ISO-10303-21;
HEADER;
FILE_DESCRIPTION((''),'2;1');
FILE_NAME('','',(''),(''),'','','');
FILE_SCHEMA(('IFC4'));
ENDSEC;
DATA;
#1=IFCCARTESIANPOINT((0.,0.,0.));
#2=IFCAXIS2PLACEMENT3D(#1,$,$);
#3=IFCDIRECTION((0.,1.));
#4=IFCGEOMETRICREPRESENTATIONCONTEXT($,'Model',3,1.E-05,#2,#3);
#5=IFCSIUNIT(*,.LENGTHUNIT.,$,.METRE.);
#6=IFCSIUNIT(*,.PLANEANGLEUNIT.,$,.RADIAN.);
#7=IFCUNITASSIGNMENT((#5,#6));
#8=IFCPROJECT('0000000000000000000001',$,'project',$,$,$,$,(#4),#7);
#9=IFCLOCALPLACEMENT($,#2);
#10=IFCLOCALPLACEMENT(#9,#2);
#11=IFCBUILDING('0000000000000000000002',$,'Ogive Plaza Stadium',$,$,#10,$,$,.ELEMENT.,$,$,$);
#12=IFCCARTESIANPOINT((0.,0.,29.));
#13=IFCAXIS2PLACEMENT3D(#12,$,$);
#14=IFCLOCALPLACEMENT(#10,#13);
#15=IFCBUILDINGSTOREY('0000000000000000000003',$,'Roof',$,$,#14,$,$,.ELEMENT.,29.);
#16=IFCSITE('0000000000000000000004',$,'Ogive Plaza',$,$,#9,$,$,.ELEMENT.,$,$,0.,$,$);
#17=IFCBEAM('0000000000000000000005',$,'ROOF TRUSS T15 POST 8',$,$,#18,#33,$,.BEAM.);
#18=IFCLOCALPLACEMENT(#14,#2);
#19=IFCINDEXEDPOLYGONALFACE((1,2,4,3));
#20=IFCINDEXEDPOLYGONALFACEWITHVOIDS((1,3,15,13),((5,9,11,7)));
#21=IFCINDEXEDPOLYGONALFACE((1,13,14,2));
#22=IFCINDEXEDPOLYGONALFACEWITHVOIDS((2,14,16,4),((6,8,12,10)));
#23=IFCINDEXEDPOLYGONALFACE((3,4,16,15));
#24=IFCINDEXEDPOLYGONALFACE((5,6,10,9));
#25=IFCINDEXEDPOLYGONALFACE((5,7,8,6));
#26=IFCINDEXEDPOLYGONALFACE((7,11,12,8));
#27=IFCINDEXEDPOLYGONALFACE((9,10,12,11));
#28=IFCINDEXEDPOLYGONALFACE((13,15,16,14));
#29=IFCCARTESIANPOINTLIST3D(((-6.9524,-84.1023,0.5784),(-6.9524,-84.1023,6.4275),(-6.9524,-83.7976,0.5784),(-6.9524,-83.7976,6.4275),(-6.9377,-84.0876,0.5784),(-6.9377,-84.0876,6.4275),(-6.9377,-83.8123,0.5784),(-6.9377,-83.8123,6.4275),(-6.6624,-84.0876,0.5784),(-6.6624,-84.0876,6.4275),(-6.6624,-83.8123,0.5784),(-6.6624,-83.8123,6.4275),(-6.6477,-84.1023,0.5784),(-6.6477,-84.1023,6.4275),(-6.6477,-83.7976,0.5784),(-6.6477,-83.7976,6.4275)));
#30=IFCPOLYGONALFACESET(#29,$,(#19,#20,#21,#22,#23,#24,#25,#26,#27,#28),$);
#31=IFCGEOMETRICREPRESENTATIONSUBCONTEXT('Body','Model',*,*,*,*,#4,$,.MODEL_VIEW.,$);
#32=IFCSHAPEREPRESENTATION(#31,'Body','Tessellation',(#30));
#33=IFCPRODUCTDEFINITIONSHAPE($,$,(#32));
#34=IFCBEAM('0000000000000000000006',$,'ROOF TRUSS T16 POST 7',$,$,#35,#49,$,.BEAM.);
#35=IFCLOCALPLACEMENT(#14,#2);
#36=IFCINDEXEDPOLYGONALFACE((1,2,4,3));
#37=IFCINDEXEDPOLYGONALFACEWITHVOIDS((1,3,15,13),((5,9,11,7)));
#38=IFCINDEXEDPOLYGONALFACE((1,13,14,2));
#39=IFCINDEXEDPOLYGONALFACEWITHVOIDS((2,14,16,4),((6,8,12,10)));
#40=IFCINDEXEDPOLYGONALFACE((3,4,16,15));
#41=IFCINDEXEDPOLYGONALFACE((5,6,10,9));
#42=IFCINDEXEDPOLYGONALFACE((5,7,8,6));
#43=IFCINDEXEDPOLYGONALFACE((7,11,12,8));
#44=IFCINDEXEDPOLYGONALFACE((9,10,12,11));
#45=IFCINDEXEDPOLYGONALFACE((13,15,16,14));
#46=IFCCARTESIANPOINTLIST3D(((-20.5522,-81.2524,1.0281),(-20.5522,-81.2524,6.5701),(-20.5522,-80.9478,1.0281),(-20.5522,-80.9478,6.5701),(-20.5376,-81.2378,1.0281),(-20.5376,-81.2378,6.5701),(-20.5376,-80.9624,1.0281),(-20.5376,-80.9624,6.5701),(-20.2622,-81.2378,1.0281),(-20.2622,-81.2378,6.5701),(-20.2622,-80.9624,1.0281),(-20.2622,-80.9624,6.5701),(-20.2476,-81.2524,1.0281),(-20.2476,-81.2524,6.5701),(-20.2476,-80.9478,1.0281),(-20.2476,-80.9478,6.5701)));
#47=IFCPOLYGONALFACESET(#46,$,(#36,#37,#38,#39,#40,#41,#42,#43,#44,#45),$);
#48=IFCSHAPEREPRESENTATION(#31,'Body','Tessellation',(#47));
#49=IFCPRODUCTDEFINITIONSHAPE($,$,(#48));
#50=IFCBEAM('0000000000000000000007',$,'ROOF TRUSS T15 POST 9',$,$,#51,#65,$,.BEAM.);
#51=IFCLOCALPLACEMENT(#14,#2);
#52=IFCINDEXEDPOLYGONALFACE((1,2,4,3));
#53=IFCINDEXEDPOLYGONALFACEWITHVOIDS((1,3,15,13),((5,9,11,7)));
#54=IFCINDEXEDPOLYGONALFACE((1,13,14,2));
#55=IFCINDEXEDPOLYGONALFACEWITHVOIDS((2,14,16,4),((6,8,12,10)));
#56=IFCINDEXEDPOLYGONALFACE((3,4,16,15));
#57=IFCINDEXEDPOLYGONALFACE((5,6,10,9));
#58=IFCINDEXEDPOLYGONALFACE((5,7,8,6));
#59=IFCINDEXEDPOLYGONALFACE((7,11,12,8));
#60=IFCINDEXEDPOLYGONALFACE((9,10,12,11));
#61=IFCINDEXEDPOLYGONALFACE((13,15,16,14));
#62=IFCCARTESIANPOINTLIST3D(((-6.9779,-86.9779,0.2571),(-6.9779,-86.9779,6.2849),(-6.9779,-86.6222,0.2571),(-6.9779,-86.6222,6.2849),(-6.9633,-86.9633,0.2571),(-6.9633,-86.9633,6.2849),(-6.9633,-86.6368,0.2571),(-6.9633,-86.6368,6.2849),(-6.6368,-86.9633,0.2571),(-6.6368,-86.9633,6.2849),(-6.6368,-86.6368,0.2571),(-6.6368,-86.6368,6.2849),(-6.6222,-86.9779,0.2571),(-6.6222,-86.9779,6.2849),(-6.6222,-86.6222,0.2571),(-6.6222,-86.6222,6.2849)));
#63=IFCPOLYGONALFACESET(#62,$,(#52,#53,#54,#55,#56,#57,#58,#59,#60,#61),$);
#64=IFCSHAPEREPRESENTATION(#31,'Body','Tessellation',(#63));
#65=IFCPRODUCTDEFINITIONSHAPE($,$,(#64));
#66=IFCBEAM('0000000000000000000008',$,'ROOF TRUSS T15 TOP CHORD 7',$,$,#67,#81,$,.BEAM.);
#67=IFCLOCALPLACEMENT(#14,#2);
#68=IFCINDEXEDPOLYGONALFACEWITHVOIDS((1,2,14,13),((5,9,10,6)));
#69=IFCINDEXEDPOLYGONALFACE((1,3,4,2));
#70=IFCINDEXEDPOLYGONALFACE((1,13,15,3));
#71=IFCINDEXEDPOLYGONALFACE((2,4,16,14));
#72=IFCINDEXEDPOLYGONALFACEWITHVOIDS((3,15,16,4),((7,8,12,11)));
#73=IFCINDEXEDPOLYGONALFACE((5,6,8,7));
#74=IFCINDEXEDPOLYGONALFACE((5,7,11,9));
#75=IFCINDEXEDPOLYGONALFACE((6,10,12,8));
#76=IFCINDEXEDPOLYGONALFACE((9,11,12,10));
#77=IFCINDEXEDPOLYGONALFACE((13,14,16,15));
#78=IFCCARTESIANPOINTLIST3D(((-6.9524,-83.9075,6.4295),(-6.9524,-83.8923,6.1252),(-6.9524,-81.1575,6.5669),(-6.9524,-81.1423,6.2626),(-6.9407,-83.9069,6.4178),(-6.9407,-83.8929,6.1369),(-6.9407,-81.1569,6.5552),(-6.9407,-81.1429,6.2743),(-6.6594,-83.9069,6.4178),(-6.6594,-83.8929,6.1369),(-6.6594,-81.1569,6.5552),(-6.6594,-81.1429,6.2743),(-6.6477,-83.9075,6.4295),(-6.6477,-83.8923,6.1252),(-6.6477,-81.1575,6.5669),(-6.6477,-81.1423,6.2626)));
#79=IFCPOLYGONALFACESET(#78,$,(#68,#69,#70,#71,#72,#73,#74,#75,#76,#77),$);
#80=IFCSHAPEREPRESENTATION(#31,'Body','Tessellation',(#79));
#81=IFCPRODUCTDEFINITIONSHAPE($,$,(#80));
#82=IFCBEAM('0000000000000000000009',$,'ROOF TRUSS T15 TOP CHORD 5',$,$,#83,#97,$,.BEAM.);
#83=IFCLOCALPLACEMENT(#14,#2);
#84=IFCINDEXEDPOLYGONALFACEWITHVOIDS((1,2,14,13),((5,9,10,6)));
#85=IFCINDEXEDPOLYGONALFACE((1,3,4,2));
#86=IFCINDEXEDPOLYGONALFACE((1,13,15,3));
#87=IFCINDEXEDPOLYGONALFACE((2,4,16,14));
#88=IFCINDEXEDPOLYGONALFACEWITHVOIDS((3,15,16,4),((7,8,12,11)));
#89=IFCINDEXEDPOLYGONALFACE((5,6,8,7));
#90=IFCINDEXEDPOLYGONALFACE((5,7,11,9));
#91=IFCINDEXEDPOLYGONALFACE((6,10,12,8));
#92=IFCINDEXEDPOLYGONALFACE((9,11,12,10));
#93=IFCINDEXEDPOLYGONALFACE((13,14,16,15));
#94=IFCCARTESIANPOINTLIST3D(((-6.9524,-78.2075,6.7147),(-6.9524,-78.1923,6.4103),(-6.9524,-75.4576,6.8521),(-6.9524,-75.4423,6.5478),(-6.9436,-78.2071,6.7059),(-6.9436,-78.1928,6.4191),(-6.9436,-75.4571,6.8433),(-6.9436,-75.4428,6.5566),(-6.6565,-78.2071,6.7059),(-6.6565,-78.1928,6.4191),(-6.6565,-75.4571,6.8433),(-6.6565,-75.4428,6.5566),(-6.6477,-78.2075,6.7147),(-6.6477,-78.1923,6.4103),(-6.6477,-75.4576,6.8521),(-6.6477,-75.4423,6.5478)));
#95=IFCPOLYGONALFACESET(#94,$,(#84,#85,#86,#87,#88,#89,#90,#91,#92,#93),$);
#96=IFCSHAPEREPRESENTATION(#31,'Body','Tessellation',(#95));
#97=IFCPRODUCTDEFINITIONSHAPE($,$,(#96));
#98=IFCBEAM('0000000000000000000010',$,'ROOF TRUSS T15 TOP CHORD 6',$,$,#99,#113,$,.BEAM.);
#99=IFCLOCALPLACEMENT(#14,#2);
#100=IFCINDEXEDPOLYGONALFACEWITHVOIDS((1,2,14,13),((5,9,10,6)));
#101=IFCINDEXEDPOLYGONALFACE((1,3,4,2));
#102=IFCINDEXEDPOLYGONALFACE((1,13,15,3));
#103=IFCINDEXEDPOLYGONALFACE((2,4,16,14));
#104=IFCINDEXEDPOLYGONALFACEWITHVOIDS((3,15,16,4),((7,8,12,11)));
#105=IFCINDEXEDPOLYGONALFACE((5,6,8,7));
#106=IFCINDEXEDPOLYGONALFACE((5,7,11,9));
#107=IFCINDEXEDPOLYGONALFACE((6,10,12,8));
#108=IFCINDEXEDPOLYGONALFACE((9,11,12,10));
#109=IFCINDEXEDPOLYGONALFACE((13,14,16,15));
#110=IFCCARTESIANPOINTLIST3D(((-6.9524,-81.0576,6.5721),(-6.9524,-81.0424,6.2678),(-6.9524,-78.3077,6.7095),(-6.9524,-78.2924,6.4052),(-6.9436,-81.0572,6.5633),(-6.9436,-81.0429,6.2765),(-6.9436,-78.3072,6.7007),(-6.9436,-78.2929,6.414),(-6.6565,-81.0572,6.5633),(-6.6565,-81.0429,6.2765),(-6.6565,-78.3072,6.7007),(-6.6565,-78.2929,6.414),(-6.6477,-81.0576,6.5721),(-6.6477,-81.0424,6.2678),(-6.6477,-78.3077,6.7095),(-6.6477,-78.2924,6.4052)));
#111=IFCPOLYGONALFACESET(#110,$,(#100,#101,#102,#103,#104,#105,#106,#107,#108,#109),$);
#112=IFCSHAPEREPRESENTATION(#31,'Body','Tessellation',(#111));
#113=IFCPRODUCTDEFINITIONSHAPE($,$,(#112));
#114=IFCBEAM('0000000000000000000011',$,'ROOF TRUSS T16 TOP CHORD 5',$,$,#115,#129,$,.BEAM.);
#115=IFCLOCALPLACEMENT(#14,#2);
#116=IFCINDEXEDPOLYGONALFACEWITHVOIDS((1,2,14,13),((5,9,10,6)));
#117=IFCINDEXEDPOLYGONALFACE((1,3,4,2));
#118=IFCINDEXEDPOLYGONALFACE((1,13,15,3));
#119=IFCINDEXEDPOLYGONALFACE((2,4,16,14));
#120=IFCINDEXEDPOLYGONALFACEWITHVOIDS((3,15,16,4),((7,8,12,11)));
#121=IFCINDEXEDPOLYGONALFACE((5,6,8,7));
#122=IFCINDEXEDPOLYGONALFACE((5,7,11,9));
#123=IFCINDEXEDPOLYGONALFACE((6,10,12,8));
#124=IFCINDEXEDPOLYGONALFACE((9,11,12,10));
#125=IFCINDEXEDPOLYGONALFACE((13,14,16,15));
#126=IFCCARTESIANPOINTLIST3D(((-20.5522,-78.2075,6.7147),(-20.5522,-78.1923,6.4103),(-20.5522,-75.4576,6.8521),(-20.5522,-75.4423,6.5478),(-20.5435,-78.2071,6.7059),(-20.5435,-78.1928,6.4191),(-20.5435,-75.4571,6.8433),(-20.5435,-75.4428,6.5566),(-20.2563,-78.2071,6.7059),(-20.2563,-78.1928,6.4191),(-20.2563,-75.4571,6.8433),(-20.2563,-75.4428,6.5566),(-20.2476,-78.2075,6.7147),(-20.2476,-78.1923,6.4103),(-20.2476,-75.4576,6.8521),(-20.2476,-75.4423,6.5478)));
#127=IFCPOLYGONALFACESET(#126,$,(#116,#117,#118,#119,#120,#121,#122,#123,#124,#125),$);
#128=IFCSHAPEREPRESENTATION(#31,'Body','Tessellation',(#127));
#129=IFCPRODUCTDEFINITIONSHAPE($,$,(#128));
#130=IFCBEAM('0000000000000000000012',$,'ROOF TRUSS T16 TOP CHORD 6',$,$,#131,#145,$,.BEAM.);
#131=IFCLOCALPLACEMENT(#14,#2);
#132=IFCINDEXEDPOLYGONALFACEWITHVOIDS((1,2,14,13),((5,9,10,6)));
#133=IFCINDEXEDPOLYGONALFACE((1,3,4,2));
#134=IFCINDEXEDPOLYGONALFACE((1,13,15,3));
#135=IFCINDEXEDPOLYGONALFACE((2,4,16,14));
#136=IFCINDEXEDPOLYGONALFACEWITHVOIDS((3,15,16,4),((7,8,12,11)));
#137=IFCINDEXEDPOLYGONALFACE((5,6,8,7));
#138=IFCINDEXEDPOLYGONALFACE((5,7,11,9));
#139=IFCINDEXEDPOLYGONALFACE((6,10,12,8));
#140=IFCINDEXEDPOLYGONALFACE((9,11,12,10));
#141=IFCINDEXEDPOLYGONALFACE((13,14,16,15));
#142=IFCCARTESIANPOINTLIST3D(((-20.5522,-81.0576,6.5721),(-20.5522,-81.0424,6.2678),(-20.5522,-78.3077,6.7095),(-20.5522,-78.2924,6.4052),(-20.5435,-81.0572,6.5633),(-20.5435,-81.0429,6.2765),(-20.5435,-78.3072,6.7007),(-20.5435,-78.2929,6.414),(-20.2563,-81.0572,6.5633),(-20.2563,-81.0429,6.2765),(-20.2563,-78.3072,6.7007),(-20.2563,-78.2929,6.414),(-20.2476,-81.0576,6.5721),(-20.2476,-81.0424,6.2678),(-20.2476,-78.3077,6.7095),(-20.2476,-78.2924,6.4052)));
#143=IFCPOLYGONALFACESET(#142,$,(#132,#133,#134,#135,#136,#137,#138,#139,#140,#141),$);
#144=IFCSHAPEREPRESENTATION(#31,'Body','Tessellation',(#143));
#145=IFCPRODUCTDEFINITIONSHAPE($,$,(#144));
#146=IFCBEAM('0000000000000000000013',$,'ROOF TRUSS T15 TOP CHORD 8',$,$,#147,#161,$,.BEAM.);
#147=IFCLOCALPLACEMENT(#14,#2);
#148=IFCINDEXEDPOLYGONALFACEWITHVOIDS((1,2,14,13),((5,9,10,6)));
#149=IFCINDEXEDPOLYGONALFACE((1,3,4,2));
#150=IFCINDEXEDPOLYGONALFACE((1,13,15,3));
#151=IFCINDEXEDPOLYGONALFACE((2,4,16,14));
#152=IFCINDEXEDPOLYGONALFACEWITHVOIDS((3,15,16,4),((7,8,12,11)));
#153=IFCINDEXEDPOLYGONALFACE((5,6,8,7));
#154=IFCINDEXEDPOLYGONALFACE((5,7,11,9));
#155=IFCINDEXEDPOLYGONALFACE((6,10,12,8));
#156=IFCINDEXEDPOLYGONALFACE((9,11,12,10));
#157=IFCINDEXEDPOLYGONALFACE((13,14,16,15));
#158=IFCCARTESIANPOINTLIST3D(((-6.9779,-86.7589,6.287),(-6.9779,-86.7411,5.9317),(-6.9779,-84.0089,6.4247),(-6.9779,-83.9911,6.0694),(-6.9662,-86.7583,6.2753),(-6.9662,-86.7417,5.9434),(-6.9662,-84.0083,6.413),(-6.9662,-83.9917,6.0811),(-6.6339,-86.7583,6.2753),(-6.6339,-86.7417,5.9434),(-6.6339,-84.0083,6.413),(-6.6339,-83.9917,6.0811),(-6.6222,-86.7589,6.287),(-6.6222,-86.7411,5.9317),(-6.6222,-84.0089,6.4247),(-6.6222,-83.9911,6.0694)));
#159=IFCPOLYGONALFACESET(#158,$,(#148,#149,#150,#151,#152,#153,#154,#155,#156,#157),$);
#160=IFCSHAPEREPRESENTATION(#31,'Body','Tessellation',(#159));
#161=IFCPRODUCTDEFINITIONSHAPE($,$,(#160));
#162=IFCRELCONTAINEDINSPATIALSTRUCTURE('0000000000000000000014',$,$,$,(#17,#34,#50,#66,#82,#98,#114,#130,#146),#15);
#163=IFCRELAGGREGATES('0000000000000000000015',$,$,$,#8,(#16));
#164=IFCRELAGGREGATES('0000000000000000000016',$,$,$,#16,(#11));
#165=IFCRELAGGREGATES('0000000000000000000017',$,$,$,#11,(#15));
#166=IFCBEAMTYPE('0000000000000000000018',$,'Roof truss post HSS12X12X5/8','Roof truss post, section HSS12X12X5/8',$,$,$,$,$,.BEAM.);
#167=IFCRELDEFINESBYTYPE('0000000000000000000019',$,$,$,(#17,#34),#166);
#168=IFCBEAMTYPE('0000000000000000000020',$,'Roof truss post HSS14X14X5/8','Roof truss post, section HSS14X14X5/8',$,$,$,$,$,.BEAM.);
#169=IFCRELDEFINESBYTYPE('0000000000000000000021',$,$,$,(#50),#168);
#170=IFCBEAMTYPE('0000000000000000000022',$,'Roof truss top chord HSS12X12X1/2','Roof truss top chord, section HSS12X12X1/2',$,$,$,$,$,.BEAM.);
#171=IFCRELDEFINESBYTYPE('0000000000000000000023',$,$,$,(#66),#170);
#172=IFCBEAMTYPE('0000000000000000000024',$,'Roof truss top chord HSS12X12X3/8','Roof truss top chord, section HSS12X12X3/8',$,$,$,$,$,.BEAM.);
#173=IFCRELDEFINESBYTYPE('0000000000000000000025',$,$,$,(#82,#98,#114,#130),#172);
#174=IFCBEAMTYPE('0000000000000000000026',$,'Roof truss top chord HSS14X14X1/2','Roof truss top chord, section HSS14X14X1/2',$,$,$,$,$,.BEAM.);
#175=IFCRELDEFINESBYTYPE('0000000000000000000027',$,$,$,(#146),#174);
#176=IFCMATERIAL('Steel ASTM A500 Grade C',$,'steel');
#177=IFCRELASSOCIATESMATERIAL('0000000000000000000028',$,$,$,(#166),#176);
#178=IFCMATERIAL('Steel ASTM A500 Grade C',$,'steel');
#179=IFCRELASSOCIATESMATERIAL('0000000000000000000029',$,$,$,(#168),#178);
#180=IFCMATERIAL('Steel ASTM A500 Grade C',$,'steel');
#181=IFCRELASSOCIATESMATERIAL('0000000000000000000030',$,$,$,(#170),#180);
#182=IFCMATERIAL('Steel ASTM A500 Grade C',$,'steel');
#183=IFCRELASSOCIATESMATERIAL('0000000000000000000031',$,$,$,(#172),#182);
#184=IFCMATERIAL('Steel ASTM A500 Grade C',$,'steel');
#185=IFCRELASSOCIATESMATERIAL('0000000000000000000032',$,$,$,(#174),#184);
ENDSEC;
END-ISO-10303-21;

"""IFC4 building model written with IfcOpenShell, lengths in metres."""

from ifc_helpers import new_model, si_unit, direction, frame, origin, origin_2d, place, context, subcontext, project, spatial, hollow_rectangle, extrude, material, material_profile, profile_set, type_object, element, save


model = new_model("IFC4")

# Units and contexts
model_context = context("Model", 3, precision=1e-05, world=origin(), true_north=direction((0.0, 1.0)))
body_context = subcontext(model_context, "Body", "Model", "MODEL_VIEW")
ifc_project = project(units=[si_unit("LENGTHUNIT", "METRE"), si_unit("PLANEANGLEUNIT", "RADIAN")], contexts=[model_context])

# Site, building, storey
site_placement = place(None, origin())
site = spatial("IfcSite", under=ifc_project, at=site_placement, Name="Ogive Plaza", CompositionType="ELEMENT", RefElevation=0.0)
building_placement = place(site_placement, origin())
building = spatial("IfcBuilding", under=site, at=building_placement, Name="Ogive Plaza Stadium", CompositionType="ELEMENT")
storey_placement = place(building_placement, frame((0.0, 0.0, 29.0)))
storey = spatial("IfcBuildingStorey", under=building, at=storey_placement, Name="Roof", CompositionType="ELEMENT", Elevation=29.0)

# Beams
ifc_material_1 = material(Name="Steel ASTM A500 Grade C", Category="steel")
ifc_material_profile_1 = material_profile(ifc_material_1, hollow_rectangle(XDim=0.3047, YDim=0.3047, WallThickness=0.0146, at=origin_2d()), Name="HSS12X12X5/8")
ifc_profile_set_1 = profile_set([ifc_material_profile_1], Name="Steel ASTM A500 Grade C")
beam_type_1 = type_object("IfcBeamType", Name="Roof truss post HSS12X12X5/8", Description="Roof truss post, section HSS12X12X5/8", PredefinedType="BEAM", material=ifc_profile_set_1)
beam_1_placement = place(storey_placement, frame((-6.8, -83.95, 0.5784), z_axis=(0.0, 0.0, 1.0), x_axis=(1.0, 0.0, 0.0)))
element("IfcBeam", 1, at=beam_1_placement, inside=storey, type_object=beam_type_1, Name="ROOF TRUSS T15 POST 8", PredefinedType="BEAM", context=body_context, shape_type="SweptSolid", body=[
    extrude(hollow_rectangle(XDim=0.3047, YDim=0.3047, WallThickness=0.0146, at=origin_2d()), origin(), (0.0, 0.0, 1.0), 5.8491),
])
beam_2_placement = place(storey_placement, frame((-20.3999, -81.1001, 1.0281), z_axis=(0.0, 0.0, 1.0), x_axis=(1.0, 0.0, 0.0)))
element("IfcBeam", 2, at=beam_2_placement, inside=storey, type_object=beam_type_1, Name="ROOF TRUSS T16 POST 7", PredefinedType="BEAM", context=body_context, shape_type="SweptSolid", body=[
    extrude(hollow_rectangle(XDim=0.3047, YDim=0.3047, WallThickness=0.0146, at=origin_2d()), origin(), (0.0, 0.0, 1.0), 5.542),
])
ifc_material_2 = material(Name="Steel ASTM A500 Grade C", Category="steel")
ifc_material_profile_2 = material_profile(ifc_material_2, hollow_rectangle(XDim=0.3557, YDim=0.3557, WallThickness=0.0146, at=origin_2d()), Name="HSS14X14X5/8")
ifc_profile_set_2 = profile_set([ifc_material_profile_2], Name="Steel ASTM A500 Grade C")
beam_type_2 = type_object("IfcBeamType", Name="Roof truss post HSS14X14X5/8", Description="Roof truss post, section HSS14X14X5/8", PredefinedType="BEAM", material=ifc_profile_set_2)
beam_3_placement = place(storey_placement, frame((-6.8, -86.8, 0.2571), z_axis=(0.0, 0.0, 1.0), x_axis=(1.0, 0.0, 0.0)))
element("IfcBeam", 3, at=beam_3_placement, inside=storey, type_object=beam_type_2, Name="ROOF TRUSS T15 POST 9", PredefinedType="BEAM", context=body_context, shape_type="SweptSolid", body=[
    extrude(hollow_rectangle(XDim=0.3557, YDim=0.3557, WallThickness=0.0146, at=origin_2d()), origin(), (0.0, 0.0, 1.0), 6.0278),
])
ifc_material_3 = material(Name="Steel ASTM A500 Grade C", Category="steel")
ifc_material_profile_3 = material_profile(ifc_material_3, hollow_rectangle(XDim=0.3047, YDim=0.3047, WallThickness=0.0117, at=origin_2d()), Name="HSS12X12X1/2")
ifc_profile_set_3 = profile_set([ifc_material_profile_3], Name="Steel ASTM A500 Grade C")
beam_type_3 = type_object("IfcBeamType", Name="Roof truss top chord HSS12X12X1/2", Description="Roof truss top chord, section HSS12X12X1/2", PredefinedType="BEAM", material=ifc_profile_set_3)
beam_4_placement = place(storey_placement, frame((-6.8, -81.1499, 6.4148), z_axis=(0.0, -0.998753, -0.04992), x_axis=(1.0, 0.0, 0.0)))
element("IfcBeam", 4, at=beam_4_placement, inside=storey, type_object=beam_type_3, Name="ROOF TRUSS T15 TOP CHORD 7", PredefinedType="BEAM", context=body_context, shape_type="SweptSolid", body=[
    extrude(hollow_rectangle(XDim=0.3047, YDim=0.3047, WallThickness=0.0117, at=origin_2d()), origin(), (0.0, 0.0, 1.0), 2.7534),
])
ifc_material_4 = material(Name="Steel ASTM A500 Grade C", Category="steel")
ifc_material_profile_4 = material_profile(ifc_material_4, hollow_rectangle(XDim=0.3047, YDim=0.3047, WallThickness=0.0088, at=origin_2d()), Name="HSS12X12X3/8")
ifc_profile_set_4 = profile_set([ifc_material_profile_4], Name="Steel ASTM A500 Grade C")
beam_type_4 = type_object("IfcBeamType", Name="Roof truss top chord HSS12X12X3/8", Description="Roof truss top chord, section HSS12X12X3/8", PredefinedType="BEAM", material=ifc_profile_set_4)
for number, where, z_axis, x_axis, name in (
    (5, (-6.8, -75.45, 6.7), (0.0, -0.998753, -0.04992), (1.0, 0.0, 0.0), "ROOF TRUSS T15 TOP CHORD 5"),
    (6, (-6.8, -78.3, 6.5574), (0.0, -0.998753, -0.04992), (1.0, 0.0, 0.0), "ROOF TRUSS T15 TOP CHORD 6"),
    (7, (-20.3999, -75.45, 6.7), (0.0, -0.998753, -0.04992), (1.0, 0.0, 0.0), "ROOF TRUSS T16 TOP CHORD 5"),
    (8, (-20.3999, -78.3, 6.5574), (0.0, -0.998753, -0.04992), (1.0, 0.0, 0.0), "ROOF TRUSS T16 TOP CHORD 6"),
):
    element("IfcBeam", number, at=place(storey_placement, frame(where, z_axis=z_axis, x_axis=x_axis)), inside=storey, type_object=beam_type_4, Name=name, PredefinedType="BEAM", context=body_context, shape_type="SweptSolid", body=[
        extrude(hollow_rectangle(XDim=0.3047, YDim=0.3047, WallThickness=0.0088, at=origin_2d()), origin(), (0.0, 0.0, 1.0), 2.7534),
    ])
ifc_material_5 = material(Name="Steel ASTM A500 Grade C", Category="steel")
ifc_material_profile_5 = material_profile(ifc_material_5, hollow_rectangle(XDim=0.3557, YDim=0.3557, WallThickness=0.0117, at=origin_2d()), Name="HSS14X14X1/2")
ifc_profile_set_5 = profile_set([ifc_material_profile_5], Name="Steel ASTM A500 Grade C")
beam_type_5 = type_object("IfcBeamType", Name="Roof truss top chord HSS14X14X1/2", Description="Roof truss top chord, section HSS14X14X1/2", PredefinedType="BEAM", material=ifc_profile_set_5)
beam_5_placement = place(storey_placement, frame((-6.8, -84.0, 6.2471), z_axis=(0.0, -0.998749, -0.050008), x_axis=(1.0, 0.0, 0.0)))
element("IfcBeam", 9, at=beam_5_placement, inside=storey, type_object=beam_type_5, Name="ROOF TRUSS T15 TOP CHORD 8", PredefinedType="BEAM", context=body_context, shape_type="SweptSolid", body=[
    extrude(hollow_rectangle(XDim=0.3557, YDim=0.3557, WallThickness=0.0117, at=origin_2d()), origin(), (0.0, 0.0, 1.0), 2.7534),
])

save(model, "model.ifc")
